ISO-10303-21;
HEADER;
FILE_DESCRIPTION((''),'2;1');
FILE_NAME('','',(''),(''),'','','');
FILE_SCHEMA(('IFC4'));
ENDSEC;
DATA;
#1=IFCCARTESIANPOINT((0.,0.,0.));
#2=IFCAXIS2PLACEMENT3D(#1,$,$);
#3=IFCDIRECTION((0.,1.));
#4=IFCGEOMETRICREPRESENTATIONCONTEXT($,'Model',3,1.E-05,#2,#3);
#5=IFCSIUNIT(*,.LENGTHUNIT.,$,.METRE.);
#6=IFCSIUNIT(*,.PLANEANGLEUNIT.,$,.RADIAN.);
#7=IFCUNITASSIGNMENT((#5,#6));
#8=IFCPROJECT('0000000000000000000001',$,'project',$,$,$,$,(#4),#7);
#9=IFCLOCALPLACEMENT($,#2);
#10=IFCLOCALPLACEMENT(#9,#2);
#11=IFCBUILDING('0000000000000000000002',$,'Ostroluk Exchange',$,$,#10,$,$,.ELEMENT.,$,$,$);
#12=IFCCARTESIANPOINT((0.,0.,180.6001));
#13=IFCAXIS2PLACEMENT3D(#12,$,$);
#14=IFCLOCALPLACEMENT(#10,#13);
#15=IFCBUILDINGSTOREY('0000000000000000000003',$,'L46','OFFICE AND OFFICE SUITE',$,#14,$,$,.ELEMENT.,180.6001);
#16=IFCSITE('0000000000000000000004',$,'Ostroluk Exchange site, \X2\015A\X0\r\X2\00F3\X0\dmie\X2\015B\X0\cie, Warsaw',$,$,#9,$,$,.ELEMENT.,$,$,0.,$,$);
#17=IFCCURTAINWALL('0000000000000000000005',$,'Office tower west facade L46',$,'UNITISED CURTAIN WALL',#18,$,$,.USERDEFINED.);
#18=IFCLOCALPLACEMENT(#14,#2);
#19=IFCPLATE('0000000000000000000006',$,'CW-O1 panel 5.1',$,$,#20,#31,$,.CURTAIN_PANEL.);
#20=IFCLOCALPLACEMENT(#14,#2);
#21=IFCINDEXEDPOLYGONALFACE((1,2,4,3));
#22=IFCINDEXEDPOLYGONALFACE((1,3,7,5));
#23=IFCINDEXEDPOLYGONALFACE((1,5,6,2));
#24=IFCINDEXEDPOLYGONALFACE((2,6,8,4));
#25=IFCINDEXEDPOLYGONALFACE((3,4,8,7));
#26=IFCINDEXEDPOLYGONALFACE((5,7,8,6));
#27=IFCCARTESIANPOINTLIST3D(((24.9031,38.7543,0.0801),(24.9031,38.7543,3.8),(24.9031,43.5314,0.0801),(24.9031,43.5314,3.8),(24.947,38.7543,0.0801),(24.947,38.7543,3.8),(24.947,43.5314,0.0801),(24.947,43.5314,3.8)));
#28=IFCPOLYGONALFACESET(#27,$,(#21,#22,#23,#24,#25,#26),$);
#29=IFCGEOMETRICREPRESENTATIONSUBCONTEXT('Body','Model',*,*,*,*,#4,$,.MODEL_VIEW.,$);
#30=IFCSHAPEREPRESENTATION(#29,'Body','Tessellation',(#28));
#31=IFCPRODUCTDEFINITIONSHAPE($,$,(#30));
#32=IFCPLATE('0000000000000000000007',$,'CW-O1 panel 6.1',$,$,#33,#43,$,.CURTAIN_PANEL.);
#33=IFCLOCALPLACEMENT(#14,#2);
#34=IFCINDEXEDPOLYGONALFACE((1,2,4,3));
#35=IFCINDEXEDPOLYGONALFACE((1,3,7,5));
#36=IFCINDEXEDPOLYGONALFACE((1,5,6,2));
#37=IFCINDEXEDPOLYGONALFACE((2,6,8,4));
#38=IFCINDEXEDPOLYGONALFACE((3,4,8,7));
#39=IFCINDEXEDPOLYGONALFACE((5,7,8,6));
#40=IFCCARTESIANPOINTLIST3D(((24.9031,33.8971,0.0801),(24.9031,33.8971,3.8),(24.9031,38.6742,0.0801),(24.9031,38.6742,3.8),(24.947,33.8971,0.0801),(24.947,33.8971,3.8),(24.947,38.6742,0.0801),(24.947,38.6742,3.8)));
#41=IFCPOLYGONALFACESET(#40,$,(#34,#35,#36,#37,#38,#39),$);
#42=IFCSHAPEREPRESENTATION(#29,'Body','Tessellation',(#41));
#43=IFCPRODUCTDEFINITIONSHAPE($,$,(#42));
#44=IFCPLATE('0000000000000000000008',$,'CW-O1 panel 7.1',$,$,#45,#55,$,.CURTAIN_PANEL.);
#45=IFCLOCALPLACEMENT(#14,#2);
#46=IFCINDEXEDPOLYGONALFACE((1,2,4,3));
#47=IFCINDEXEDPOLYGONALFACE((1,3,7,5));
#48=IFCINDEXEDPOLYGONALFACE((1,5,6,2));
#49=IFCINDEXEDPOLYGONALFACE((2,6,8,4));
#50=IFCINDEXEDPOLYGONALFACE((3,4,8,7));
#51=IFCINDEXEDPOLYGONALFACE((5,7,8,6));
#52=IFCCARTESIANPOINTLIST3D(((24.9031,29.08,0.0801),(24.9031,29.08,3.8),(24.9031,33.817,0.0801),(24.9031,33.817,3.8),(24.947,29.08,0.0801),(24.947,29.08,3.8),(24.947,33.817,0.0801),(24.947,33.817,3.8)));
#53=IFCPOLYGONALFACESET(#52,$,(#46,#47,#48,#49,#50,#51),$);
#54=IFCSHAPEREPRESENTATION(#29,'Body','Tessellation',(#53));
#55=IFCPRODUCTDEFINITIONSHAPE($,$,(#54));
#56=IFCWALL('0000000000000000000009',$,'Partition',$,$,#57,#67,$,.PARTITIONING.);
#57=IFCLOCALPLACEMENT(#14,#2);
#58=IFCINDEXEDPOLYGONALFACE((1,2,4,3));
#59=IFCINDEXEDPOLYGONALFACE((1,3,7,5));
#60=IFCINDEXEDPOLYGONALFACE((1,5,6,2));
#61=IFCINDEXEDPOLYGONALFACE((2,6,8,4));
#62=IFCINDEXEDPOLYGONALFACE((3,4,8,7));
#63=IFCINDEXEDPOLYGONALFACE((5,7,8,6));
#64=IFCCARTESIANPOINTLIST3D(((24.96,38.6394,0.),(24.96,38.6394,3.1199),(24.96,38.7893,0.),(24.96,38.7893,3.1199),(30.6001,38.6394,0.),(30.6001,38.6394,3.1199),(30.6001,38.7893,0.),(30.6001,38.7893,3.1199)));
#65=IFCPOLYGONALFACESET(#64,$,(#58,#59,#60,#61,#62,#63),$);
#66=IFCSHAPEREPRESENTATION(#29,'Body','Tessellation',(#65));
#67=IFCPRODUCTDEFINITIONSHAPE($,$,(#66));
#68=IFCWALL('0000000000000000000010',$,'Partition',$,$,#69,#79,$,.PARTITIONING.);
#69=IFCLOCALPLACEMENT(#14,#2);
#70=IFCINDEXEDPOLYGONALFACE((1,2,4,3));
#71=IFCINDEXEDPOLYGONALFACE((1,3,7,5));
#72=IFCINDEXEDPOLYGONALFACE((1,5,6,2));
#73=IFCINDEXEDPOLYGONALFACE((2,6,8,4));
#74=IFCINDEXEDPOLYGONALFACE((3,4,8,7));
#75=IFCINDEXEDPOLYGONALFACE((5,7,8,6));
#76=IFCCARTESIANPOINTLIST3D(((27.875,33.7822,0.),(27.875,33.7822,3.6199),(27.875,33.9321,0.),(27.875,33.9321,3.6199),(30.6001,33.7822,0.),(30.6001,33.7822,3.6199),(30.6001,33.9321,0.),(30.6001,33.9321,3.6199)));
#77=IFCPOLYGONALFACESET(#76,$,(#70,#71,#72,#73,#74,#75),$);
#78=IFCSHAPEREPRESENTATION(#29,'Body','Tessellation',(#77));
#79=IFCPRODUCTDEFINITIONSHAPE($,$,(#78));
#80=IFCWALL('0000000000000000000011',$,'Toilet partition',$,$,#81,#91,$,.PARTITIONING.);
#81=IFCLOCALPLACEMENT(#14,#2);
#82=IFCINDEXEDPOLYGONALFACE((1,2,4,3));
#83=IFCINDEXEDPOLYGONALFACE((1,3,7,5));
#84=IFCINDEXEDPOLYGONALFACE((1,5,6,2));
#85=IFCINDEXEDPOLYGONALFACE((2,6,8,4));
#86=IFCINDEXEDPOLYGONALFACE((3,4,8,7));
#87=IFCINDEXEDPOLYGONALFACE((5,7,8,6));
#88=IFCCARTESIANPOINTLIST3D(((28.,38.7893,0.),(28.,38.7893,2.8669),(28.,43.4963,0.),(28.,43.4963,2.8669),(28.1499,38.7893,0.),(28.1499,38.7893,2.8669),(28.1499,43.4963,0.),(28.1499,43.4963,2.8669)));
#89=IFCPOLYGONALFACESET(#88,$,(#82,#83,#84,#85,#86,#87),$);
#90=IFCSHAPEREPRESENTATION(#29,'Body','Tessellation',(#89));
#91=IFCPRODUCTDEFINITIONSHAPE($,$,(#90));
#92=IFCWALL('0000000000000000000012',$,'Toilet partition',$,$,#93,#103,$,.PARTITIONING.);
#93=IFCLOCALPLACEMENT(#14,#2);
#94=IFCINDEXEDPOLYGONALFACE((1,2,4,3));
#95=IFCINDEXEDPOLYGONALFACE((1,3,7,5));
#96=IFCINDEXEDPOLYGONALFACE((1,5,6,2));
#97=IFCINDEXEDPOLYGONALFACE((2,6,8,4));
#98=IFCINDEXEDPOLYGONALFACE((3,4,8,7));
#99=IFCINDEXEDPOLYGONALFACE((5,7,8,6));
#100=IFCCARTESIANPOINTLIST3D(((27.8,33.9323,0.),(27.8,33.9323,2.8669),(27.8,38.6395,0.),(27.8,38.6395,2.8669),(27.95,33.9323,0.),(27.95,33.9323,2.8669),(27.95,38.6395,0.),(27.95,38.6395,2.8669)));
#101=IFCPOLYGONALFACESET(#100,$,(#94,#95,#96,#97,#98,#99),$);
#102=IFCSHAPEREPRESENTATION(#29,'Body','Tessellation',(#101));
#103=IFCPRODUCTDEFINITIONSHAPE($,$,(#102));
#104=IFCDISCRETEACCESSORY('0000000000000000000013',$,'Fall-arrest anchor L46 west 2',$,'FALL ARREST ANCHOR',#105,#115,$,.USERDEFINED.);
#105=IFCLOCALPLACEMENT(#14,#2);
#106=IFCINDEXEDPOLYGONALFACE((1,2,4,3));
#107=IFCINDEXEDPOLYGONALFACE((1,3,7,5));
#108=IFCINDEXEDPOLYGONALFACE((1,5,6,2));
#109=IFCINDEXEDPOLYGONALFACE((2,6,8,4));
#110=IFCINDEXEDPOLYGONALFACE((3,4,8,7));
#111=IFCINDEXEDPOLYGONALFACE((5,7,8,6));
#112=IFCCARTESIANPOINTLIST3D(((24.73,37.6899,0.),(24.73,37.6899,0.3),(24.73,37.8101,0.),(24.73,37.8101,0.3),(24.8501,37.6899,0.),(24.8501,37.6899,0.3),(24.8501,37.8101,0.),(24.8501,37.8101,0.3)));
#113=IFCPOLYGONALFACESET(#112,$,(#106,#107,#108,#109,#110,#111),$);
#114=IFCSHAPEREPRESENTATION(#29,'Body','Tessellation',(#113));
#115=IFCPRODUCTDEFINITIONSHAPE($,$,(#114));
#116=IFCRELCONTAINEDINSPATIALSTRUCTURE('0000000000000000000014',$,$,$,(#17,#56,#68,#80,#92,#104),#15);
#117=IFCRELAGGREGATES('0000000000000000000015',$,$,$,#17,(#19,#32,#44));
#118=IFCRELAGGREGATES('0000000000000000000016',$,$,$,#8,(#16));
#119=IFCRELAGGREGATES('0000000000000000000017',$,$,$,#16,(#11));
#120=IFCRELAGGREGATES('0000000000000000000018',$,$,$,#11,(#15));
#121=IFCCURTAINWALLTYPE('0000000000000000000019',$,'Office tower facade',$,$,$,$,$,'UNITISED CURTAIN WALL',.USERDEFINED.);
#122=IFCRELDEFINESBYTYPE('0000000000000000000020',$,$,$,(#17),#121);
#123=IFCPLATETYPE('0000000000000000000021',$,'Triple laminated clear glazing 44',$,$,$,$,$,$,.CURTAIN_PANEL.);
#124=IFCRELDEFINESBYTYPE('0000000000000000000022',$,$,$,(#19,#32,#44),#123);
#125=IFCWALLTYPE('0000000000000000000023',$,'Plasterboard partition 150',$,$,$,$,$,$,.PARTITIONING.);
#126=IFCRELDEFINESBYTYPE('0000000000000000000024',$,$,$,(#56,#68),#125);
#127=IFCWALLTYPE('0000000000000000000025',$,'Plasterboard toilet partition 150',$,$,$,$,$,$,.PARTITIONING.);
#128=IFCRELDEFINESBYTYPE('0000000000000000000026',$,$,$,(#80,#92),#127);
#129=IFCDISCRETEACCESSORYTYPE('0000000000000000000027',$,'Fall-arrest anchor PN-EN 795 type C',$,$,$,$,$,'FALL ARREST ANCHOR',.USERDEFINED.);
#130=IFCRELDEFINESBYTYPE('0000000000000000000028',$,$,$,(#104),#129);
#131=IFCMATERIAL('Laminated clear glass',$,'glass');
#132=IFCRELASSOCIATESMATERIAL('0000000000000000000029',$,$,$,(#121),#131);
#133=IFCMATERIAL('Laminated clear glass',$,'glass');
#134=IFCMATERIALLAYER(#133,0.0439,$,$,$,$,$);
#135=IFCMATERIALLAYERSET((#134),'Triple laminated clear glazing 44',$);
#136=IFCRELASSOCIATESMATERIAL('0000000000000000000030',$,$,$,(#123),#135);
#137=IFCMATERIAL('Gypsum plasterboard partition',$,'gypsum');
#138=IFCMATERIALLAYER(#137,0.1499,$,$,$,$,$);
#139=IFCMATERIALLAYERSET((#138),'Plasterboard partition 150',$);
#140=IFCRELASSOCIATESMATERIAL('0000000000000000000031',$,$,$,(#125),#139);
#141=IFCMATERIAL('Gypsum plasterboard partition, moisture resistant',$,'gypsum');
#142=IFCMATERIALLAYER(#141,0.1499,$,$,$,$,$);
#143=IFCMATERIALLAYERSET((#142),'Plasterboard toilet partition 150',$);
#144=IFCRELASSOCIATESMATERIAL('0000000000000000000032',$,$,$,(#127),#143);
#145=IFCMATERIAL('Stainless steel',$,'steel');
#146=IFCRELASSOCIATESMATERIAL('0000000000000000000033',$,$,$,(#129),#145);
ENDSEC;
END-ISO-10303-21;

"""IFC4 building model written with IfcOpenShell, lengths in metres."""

from ifc_helpers import new_model, si_unit, direction, frame, frame_2d, origin, origin_2d, place, context, subcontext, project, spatial, rectangle, extrude, material, layer, layer_set, type_object, element, aggregate, save


model = new_model("IFC4")

# Units and contexts
model_context = context("Model", 3, precision=1e-05, world=origin(), true_north=direction((0.0, 1.0)))
body_context = subcontext(model_context, "Body", "Model", "MODEL_VIEW")
ifc_project = project(units=[si_unit("LENGTHUNIT", "METRE"), si_unit("PLANEANGLEUNIT", "RADIAN")], contexts=[model_context])

# Site, building, storey
site_placement = place(None, origin())
site = spatial("IfcSite", under=ifc_project, at=site_placement, Name="Ostroluk Exchange site, Śródmieście, Warsaw", CompositionType="ELEMENT", RefElevation=0.0)
building_placement = place(site_placement, origin())
building = spatial("IfcBuilding", under=site, at=building_placement, Name="Ostroluk Exchange", CompositionType="ELEMENT")
storey_placement = place(building_placement, frame((0.0, 0.0, 180.6001)))
storey = spatial("IfcBuildingStorey", under=building, at=storey_placement, Name="L46", Description="OFFICE AND OFFICE SUITE", CompositionType="ELEMENT", Elevation=180.6001)

# Curtain wall, plates
ifc_material_1 = material(Name="Laminated clear glass", Category="glass")
curtain_wall_type = type_object("IfcCurtainWallType", Name="Office tower facade", ElementType="UNITISED CURTAIN WALL", PredefinedType="USERDEFINED", material=ifc_material_1)
curtain_wall_placement = place(storey_placement, origin())
curtain_wall = element("IfcCurtainWall", 1, at=curtain_wall_placement, inside=storey, type_object=curtain_wall_type, Name="Office tower west facade L46", ObjectType="UNITISED CURTAIN WALL", PredefinedType="USERDEFINED")
ifc_material_2 = material(Name="Laminated clear glass", Category="glass")
ifc_layer_1 = layer(ifc_material_2, 0.0439)
ifc_layer_set_1 = layer_set([ifc_layer_1], Name="Triple laminated clear glazing 44")
plate_type = type_object("IfcPlateType", Name="Triple laminated clear glazing 44", PredefinedType="CURTAIN_PANEL", material=ifc_layer_set_1)
plate_1_placement = place(storey_placement, frame((24.925, 41.1428, 0.0801), z_axis=(0.0, 0.0, 1.0), x_axis=(0.0, -1.0, 0.0)))
plate_1 = element("IfcPlate", 2, at=plate_1_placement, type_object=plate_type, Name="CW-O1 panel 5.1", PredefinedType="CURTAIN_PANEL", context=body_context, shape_type="SweptSolid", body=[
    extrude(rectangle(XDim=4.7771, YDim=0.0439, at=origin_2d()), origin(), (0.0, 0.0, 1.0), 3.72),
])
plate_2_placement = place(storey_placement, frame((24.925, 36.2856, 0.0801), z_axis=(0.0, 0.0, 1.0), x_axis=(0.0, -1.0, 0.0)))
plate_2 = element("IfcPlate", 3, at=plate_2_placement, type_object=plate_type, Name="CW-O1 panel 6.1", PredefinedType="CURTAIN_PANEL", context=body_context, shape_type="SweptSolid", body=[
    extrude(rectangle(XDim=4.7771, YDim=0.0439, at=origin_2d()), origin(), (0.0, 0.0, 1.0), 3.72),
])
plate_3_placement = place(storey_placement, frame((24.925, 31.4485, 0.0801), z_axis=(0.0, 0.0, 1.0), x_axis=(0.0, -1.0, 0.0)))
plate_3 = element("IfcPlate", 4, at=plate_3_placement, type_object=plate_type, Name="CW-O1 panel 7.1", PredefinedType="CURTAIN_PANEL", context=body_context, shape_type="SweptSolid", body=[
    extrude(rectangle(XDim=4.7371, YDim=0.0439, at=origin_2d()), origin(), (0.0, 0.0, 1.0), 3.72),
])
aggregate(curtain_wall, [plate_1, plate_2, plate_3])

# Walls
ifc_material_3 = material(Name="Gypsum plasterboard partition", Category="gypsum")
ifc_layer_2 = layer(ifc_material_3, 0.1499)
ifc_layer_set_2 = layer_set([ifc_layer_2], Name="Plasterboard partition 150")
wall_type_1 = type_object("IfcWallType", Name="Plasterboard partition 150", PredefinedType="PARTITIONING", material=ifc_layer_set_2)
wall_1_placement = place(storey_placement, frame((30.6001, 38.7144, 0.0), z_axis=(0.0, 0.0, 1.0), x_axis=(-1.0, 0.0, 0.0)))
element("IfcWall", 5, at=wall_1_placement, inside=storey, type_object=wall_type_1, Name="Partition", PredefinedType="PARTITIONING", context=body_context, shape_type="SweptSolid", body=[
    extrude(rectangle(XDim=5.6401, YDim=0.1499, at=frame_2d((2.8201, 0.0))), origin(), (0.0, 0.0, 1.0), 3.1199),
])
wall_2_placement = place(storey_placement, frame((30.6001, 33.8572, 0.0), z_axis=(0.0, 0.0, 1.0), x_axis=(-1.0, 0.0, 0.0)))
element("IfcWall", 6, at=wall_2_placement, inside=storey, type_object=wall_type_1, Name="Partition", PredefinedType="PARTITIONING", context=body_context, shape_type="SweptSolid", body=[
    extrude(rectangle(XDim=2.7251, YDim=0.1499, at=frame_2d((1.3625, 0.0))), origin(), (0.0, 0.0, 1.0), 3.6199),
])
ifc_material_4 = material(Name="Gypsum plasterboard partition, moisture resistant", Category="gypsum")
ifc_layer_3 = layer(ifc_material_4, 0.1499)
ifc_layer_set_3 = layer_set([ifc_layer_3], Name="Plasterboard toilet partition 150")
wall_type_2 = type_object("IfcWallType", Name="Plasterboard toilet partition 150", PredefinedType="PARTITIONING", material=ifc_layer_set_3)
wall_3_placement = place(storey_placement, frame((28.075, 43.4963, 0.0), z_axis=(0.0, 0.0, 1.0), x_axis=(0.0, -1.0, 0.0)))
element("IfcWall", 7, at=wall_3_placement, inside=storey, type_object=wall_type_2, Name="Toilet partition", PredefinedType="PARTITIONING", context=body_context, shape_type="SweptSolid", body=[
    extrude(rectangle(XDim=4.707, YDim=0.1499, at=frame_2d((2.3535, 0.0))), origin(), (0.0, 0.0, 1.0), 2.8669),
])
wall_4_placement = place(storey_placement, frame((27.875, 38.6394, 0.0), z_axis=(0.0, 0.0, 1.0), x_axis=(0.0, -1.0, 0.0)))
element("IfcWall", 8, at=wall_4_placement, inside=storey, type_object=wall_type_2, Name="Toilet partition", PredefinedType="PARTITIONING", context=body_context, shape_type="SweptSolid", body=[
    extrude(rectangle(XDim=4.7073, YDim=0.1499, at=frame_2d((2.3535, 0.0))), origin(), (0.0, 0.0, 1.0), 2.8669),
])

# Discrete accessory
ifc_material_5 = material(Name="Stainless steel", Category="steel")
discrete_accessory_type = type_object("IfcDiscreteAccessoryType", Name="Fall-arrest anchor PN-EN 795 type C", ElementType="FALL ARREST ANCHOR", PredefinedType="USERDEFINED", material=ifc_material_5)
discrete_accessory_placement = place(storey_placement, frame((24.79, 37.75, 0.0), z_axis=(0.0, 0.0, 1.0), x_axis=(1.0, 0.0, 0.0)))
element("IfcDiscreteAccessory", 9, at=discrete_accessory_placement, inside=storey, type_object=discrete_accessory_type, Name="Fall-arrest anchor L46 west 2", ObjectType="FALL ARREST ANCHOR", PredefinedType="USERDEFINED", context=body_context, shape_type="SweptSolid", body=[
    extrude(rectangle(XDim=0.1201, YDim=0.1201, at=origin_2d()), origin(), (0.0, 0.0, 1.0), 0.3),
])

save(model, "model.ifc")
